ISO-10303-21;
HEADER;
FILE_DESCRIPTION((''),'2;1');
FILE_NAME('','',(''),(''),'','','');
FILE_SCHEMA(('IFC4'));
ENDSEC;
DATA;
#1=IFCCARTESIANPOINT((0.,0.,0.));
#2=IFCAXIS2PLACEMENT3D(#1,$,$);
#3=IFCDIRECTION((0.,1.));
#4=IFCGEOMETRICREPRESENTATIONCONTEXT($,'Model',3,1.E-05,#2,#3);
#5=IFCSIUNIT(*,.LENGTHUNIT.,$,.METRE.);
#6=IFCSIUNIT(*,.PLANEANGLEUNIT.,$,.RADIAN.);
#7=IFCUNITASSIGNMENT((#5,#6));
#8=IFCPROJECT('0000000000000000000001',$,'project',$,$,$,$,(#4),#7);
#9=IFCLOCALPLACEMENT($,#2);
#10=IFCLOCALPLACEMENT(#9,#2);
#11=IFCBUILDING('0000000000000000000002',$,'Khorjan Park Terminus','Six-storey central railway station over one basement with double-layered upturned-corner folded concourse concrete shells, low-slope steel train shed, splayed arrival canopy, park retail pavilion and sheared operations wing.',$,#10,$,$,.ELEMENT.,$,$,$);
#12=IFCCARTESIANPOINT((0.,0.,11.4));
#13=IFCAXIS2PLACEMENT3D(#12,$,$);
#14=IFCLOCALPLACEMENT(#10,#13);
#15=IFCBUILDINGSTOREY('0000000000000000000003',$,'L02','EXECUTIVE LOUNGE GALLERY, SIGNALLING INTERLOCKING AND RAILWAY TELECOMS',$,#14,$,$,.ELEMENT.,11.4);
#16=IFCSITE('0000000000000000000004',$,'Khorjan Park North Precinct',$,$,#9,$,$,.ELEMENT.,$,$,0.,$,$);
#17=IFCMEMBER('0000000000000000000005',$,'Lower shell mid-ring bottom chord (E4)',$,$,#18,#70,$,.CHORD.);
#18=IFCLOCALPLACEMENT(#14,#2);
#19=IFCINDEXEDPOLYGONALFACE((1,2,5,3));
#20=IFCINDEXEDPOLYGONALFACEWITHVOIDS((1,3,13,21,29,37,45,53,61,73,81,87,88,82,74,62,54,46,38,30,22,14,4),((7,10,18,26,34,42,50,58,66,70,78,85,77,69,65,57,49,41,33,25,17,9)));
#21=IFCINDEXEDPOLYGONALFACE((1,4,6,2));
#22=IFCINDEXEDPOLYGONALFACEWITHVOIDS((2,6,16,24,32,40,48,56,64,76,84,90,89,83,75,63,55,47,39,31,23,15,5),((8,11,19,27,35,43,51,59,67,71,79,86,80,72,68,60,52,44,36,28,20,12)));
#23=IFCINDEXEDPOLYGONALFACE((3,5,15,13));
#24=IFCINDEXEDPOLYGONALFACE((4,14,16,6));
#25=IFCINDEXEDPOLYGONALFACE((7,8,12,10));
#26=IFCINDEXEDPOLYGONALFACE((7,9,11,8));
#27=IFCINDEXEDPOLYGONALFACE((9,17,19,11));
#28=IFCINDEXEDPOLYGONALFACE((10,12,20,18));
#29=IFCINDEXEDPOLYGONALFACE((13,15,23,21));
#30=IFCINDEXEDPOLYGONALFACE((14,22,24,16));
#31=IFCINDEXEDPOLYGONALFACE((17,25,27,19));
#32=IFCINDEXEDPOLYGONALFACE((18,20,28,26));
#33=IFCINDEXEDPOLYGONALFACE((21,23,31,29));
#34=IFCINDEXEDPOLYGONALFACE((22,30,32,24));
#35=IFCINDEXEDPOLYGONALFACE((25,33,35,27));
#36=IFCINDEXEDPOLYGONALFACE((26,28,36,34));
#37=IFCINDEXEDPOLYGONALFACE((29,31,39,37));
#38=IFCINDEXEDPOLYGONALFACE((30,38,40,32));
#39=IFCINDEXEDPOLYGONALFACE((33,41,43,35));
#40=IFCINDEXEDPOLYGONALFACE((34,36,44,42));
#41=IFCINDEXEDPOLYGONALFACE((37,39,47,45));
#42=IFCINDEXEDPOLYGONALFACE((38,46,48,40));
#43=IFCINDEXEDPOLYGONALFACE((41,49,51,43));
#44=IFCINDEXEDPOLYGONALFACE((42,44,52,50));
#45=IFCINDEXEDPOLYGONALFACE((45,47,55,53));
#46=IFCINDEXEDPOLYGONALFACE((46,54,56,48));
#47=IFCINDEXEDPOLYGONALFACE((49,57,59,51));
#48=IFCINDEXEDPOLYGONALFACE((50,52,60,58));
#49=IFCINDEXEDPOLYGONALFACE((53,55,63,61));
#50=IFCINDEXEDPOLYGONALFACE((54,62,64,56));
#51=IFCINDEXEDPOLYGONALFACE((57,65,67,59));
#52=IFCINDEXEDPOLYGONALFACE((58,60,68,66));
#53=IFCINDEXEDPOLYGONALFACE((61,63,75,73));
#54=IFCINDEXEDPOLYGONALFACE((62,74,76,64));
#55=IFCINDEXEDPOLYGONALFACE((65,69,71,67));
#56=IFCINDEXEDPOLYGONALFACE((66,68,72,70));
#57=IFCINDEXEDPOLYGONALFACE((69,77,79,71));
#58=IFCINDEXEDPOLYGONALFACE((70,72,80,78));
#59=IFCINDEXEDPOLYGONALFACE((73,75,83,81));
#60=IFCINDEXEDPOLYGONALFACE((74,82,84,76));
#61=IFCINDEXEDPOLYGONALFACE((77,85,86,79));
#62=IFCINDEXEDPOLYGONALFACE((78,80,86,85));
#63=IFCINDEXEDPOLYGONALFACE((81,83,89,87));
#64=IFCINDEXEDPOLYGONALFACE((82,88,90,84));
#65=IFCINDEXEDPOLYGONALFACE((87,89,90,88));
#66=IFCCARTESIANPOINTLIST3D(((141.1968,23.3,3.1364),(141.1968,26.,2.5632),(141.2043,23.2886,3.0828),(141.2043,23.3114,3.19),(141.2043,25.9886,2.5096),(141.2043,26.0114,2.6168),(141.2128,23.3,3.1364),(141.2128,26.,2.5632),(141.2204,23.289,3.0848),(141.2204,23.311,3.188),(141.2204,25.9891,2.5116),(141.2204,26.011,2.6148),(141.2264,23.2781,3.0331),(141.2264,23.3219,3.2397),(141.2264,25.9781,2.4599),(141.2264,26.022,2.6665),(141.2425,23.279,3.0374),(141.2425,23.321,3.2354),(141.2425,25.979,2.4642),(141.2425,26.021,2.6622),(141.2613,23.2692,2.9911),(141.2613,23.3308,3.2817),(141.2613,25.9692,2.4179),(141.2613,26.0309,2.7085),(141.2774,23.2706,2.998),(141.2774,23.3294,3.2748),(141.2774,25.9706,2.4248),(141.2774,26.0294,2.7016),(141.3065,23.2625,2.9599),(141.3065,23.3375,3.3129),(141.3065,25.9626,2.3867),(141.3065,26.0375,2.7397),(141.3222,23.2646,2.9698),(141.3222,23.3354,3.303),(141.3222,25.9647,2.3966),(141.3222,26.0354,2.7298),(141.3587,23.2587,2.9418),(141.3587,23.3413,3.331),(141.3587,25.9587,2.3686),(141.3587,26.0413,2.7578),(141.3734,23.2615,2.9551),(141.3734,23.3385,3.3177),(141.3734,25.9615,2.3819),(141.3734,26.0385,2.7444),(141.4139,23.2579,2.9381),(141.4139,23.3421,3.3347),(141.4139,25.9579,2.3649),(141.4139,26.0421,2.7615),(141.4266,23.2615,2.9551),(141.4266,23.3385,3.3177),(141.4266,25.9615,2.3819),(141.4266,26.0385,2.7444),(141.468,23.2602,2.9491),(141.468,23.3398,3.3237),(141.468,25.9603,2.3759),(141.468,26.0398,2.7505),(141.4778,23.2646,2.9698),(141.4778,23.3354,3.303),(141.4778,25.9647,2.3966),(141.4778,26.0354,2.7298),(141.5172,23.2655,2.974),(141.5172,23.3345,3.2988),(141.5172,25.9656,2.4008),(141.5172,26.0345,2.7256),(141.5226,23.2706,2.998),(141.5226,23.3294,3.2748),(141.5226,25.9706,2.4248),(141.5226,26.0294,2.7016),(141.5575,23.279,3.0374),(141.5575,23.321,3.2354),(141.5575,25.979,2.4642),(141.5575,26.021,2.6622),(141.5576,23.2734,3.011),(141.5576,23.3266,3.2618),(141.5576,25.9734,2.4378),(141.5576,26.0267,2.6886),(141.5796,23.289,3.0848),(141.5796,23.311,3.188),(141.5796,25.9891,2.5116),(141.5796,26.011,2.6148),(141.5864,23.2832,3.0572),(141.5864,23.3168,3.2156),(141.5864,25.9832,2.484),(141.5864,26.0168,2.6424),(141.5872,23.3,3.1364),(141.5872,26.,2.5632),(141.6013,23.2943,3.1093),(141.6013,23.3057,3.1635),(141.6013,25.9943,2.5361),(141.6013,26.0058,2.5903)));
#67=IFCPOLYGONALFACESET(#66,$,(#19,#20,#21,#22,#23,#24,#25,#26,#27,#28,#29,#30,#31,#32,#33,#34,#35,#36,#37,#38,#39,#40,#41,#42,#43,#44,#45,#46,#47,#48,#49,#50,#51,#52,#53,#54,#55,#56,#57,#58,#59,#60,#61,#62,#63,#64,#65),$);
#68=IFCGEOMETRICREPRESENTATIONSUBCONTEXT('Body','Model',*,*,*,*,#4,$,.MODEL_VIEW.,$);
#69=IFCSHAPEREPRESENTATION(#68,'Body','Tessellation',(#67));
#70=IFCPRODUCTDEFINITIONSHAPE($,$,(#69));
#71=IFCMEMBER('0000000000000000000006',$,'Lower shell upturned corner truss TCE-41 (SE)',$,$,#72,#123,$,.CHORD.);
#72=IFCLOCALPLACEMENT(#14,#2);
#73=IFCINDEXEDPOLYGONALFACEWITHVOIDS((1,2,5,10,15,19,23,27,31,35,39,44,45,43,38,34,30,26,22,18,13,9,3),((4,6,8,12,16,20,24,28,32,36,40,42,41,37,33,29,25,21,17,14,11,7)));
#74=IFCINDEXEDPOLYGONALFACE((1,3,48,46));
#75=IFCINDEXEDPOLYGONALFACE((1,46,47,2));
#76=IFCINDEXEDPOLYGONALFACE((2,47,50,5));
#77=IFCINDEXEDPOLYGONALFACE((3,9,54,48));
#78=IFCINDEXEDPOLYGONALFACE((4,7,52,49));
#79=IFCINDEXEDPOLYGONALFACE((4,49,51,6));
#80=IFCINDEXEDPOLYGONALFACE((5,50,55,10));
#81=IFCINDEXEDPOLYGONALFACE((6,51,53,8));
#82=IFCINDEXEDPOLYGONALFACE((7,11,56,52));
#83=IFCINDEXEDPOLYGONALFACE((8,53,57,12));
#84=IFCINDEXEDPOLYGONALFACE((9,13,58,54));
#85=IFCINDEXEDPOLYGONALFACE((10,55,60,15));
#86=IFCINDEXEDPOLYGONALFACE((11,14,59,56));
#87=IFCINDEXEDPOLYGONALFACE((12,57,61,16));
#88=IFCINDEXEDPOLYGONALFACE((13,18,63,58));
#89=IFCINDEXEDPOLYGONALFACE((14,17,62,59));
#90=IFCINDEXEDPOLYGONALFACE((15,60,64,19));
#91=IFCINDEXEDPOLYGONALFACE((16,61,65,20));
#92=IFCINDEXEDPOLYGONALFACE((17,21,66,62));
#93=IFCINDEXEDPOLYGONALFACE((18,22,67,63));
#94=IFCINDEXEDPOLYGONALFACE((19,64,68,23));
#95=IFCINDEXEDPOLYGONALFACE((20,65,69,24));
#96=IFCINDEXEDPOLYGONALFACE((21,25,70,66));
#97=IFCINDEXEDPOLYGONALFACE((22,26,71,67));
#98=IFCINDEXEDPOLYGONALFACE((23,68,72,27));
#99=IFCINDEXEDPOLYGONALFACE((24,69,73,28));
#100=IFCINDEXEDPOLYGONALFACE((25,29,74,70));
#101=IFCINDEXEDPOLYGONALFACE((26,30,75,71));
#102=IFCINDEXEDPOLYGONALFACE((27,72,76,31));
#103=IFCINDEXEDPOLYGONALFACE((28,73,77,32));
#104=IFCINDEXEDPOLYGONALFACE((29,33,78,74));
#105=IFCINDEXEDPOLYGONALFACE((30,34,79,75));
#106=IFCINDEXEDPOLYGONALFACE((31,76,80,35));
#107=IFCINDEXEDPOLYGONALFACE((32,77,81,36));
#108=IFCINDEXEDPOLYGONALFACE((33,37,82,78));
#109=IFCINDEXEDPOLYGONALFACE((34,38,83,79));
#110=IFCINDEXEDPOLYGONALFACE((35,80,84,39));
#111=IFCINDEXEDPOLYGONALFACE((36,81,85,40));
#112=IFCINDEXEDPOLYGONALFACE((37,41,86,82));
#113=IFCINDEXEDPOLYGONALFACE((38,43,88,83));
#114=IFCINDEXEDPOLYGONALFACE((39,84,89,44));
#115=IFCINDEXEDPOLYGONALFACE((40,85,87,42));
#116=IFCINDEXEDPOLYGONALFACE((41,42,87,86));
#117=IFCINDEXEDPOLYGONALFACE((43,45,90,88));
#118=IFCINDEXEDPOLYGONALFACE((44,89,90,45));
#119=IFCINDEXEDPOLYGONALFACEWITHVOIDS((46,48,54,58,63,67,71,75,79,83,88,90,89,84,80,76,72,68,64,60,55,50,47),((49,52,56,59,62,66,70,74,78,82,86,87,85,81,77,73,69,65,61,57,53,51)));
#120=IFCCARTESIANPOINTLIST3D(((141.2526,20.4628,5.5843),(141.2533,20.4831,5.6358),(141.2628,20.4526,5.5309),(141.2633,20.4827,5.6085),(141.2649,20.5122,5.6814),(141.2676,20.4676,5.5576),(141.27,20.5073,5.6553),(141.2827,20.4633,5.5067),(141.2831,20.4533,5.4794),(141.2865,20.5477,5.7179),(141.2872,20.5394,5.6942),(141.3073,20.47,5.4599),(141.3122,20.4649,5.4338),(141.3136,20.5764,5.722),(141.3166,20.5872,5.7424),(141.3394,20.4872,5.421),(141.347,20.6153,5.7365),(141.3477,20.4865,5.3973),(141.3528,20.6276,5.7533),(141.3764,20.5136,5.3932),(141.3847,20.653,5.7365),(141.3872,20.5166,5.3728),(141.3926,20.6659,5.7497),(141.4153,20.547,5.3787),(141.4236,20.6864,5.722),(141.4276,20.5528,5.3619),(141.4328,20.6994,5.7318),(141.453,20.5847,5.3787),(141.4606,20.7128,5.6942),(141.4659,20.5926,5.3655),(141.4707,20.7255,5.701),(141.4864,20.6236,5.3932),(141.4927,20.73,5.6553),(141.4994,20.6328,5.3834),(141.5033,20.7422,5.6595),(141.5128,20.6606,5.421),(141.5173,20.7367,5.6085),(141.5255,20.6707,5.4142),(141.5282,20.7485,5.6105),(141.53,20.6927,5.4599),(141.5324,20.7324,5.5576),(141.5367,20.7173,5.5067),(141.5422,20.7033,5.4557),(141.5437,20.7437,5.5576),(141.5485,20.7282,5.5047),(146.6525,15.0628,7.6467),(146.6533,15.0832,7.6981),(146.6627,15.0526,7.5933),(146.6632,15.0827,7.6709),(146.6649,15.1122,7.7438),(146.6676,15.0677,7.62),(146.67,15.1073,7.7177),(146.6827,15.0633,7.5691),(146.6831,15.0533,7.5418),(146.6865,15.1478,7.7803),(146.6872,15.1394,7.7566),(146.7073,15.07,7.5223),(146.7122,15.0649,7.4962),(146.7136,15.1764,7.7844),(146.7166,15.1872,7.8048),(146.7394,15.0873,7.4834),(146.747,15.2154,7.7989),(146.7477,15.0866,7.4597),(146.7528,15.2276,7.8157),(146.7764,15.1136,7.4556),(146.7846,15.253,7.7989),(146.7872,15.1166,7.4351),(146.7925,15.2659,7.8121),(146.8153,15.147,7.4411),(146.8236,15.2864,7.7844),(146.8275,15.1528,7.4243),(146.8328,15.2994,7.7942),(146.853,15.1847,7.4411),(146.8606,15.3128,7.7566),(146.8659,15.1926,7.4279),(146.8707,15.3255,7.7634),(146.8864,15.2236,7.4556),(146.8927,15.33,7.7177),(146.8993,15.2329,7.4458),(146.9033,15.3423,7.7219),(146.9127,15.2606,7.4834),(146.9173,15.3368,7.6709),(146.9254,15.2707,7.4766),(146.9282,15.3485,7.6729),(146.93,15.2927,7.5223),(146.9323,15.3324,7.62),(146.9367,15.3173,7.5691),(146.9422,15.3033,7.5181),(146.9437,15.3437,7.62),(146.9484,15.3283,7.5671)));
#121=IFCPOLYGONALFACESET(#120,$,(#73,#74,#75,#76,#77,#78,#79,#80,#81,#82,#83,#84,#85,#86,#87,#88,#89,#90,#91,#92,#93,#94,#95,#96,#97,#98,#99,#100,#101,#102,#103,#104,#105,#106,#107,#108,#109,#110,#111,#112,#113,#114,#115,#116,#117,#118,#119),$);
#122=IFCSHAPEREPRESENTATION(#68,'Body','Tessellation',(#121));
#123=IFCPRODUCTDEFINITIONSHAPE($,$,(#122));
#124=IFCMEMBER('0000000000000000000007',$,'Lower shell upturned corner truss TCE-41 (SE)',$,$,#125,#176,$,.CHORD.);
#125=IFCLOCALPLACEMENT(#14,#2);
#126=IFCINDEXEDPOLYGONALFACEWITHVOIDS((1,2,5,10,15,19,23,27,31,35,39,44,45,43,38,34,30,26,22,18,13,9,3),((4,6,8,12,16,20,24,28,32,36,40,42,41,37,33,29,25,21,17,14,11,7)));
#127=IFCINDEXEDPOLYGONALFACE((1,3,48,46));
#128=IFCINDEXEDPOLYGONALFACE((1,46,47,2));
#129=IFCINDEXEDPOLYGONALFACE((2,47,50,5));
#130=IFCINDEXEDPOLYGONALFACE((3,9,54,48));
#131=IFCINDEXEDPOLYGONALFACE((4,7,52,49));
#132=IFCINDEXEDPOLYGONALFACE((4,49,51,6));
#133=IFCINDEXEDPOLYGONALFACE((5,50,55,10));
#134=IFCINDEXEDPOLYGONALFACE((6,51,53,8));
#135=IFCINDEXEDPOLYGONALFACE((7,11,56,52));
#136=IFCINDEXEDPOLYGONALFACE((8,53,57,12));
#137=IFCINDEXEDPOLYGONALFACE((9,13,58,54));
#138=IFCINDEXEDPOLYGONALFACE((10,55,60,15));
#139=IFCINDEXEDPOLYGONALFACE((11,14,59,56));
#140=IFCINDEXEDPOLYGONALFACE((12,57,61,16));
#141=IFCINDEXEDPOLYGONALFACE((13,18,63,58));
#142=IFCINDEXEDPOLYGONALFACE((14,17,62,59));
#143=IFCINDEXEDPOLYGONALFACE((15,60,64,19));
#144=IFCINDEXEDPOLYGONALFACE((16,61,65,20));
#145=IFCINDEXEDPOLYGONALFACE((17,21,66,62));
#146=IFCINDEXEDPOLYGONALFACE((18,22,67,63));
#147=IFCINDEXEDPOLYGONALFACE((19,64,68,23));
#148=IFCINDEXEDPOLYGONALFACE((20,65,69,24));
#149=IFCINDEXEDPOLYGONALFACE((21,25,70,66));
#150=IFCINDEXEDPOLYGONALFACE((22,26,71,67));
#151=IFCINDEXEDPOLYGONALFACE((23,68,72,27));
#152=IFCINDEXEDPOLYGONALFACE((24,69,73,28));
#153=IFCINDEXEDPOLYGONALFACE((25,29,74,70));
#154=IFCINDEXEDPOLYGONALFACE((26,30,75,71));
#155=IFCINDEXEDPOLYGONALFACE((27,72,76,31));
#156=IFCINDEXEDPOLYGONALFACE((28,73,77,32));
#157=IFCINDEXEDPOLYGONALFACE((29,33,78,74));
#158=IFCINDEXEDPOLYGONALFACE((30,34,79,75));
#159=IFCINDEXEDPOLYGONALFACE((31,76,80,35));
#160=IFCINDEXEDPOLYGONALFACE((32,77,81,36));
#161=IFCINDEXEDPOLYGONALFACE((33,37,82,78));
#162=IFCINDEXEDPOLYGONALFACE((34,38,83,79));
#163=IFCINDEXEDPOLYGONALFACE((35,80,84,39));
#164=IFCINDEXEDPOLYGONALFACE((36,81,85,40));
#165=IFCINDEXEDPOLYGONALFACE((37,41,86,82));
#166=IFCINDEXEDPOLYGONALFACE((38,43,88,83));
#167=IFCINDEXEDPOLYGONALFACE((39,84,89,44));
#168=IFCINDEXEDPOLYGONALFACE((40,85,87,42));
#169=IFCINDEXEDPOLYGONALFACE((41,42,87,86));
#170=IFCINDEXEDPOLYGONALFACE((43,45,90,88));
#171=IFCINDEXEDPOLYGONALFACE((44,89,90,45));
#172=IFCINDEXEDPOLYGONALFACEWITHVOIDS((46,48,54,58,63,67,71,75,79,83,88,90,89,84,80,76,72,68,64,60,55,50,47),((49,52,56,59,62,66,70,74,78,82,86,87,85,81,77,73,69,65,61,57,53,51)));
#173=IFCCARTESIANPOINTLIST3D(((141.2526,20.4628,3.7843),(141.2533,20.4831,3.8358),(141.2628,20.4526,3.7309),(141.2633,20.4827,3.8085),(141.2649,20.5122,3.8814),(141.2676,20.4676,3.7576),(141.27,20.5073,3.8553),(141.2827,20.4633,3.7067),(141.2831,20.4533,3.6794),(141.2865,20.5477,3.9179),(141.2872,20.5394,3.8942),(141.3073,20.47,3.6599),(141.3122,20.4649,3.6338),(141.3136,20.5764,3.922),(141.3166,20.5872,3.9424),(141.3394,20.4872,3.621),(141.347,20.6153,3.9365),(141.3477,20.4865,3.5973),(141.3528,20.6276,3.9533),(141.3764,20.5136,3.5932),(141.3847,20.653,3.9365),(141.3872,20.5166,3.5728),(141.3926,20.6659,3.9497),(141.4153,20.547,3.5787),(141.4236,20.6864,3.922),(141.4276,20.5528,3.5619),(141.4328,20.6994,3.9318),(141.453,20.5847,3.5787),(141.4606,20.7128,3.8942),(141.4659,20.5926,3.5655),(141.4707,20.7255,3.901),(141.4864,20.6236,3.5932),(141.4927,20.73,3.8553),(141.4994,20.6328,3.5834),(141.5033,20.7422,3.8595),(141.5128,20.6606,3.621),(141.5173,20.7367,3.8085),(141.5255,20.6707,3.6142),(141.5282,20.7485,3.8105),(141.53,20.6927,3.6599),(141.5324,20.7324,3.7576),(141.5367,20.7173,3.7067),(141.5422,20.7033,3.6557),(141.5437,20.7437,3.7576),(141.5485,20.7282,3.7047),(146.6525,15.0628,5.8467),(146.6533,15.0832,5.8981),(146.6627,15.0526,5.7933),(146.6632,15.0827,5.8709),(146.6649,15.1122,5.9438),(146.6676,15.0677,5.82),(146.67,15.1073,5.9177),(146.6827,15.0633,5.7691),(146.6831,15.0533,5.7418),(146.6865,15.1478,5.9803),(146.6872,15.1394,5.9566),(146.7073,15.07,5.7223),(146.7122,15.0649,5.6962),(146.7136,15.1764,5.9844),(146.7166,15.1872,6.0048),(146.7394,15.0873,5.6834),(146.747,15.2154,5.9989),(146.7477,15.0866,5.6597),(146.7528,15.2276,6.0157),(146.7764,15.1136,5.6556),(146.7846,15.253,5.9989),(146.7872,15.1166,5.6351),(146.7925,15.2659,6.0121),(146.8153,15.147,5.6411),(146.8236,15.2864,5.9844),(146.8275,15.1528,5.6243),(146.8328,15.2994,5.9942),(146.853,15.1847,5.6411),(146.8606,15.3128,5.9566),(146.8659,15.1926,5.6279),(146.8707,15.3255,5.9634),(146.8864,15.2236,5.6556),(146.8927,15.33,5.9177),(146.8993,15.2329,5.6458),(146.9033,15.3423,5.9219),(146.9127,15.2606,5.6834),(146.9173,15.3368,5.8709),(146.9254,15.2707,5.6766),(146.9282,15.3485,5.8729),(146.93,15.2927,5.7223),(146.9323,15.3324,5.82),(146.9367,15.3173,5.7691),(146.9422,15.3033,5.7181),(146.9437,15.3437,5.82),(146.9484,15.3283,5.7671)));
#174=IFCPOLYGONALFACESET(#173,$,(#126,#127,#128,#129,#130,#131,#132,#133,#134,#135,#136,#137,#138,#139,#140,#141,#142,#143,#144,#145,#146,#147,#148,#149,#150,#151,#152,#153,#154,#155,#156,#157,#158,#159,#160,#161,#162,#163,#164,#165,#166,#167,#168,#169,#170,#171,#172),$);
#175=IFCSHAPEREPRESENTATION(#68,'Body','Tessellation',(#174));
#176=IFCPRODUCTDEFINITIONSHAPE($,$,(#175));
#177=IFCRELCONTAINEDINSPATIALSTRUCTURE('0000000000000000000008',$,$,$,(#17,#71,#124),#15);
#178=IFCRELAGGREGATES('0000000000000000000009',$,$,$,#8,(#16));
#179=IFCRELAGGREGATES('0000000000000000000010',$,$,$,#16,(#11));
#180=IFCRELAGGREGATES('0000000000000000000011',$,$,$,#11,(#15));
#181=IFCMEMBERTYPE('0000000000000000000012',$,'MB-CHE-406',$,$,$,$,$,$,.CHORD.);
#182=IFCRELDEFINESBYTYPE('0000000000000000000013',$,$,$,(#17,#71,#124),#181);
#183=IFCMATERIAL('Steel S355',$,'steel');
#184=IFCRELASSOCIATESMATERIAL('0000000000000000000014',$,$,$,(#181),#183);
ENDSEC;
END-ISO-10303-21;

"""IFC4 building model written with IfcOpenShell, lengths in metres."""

from ifc_helpers import new_model, si_unit, direction, frame, origin, origin_2d, place, context, subcontext, project, spatial, hollow_circle, extrude, material, material_profile, profile_set, type_object, element, save


model = new_model("IFC4")

# Units and contexts
model_context = context("Model", 3, precision=1e-05, world=origin(), true_north=direction((0.0, 1.0)))
body_context = subcontext(model_context, "Body", "Model", "MODEL_VIEW")
ifc_project = project(units=[si_unit("LENGTHUNIT", "METRE"), si_unit("PLANEANGLEUNIT", "RADIAN")], contexts=[model_context])

# Site, building, storey
site_placement = place(None, origin())
site = spatial("IfcSite", under=ifc_project, at=site_placement, Name="Khorjan Park North Precinct", CompositionType="ELEMENT", RefElevation=0.0)
building_placement = place(site_placement, origin())
building = spatial("IfcBuilding", under=site, at=building_placement, Name="Khorjan Park Terminus", Description="Six-storey central railway station over one basement with double-layered upturned-corner folded concourse concrete shells, low-slope steel train shed, splayed arrival canopy, park retail pavilion and sheared operations wing.", CompositionType="ELEMENT")
storey_placement = place(building_placement, frame((0.0, 0.0, 11.4)))
storey = spatial("IfcBuildingStorey", under=building, at=storey_placement, Name="L02", Description="EXECUTIVE LOUNGE GALLERY, SIGNALLING INTERLOCKING AND RAILWAY TELECOMS", CompositionType="ELEMENT", Elevation=11.4)

# Members
ifc_material_1 = material(Name="Steel S355", Category="steel")
ifc_material_profile_1 = material_profile(ifc_material_1, hollow_circle(Radius=0.2032, WallThickness=0.016, at=origin_2d()), Name="CHS 406.4x16")
ifc_profile_set_1 = profile_set([ifc_material_profile_1], Name="Steel S355")
member_type_1 = type_object("IfcMemberType", Name="MB-CHE-406", PredefinedType="CHORD", material=ifc_profile_set_1)
for number, where, z_axis, x_axis, name in (
    (1, (141.4, 23.3, 3.1364), (0.0, 0.978199, -0.207668), (-1.0, 0.0, 0.0), "Lower shell mid-ring bottom chord (E4)"),
):
    element("IfcMember", number, at=place(storey_placement, frame(where, z_axis=z_axis, x_axis=x_axis)), inside=storey, type_object=member_type_1, Name=name, PredefinedType="CHORD", context=body_context, shape_type="SweptSolid", body=[
        extrude(hollow_circle(Radius=0.2032, WallThickness=0.016, at=origin_2d()), origin(), (0.0, 0.0, 1.0), 2.7602),
    ])
for number, where, z_axis, x_axis, name in (
    (2, (141.4, 20.6, 5.5576), (0.682651, -0.682651, 0.260722), (0.707107, 0.707107, 0.0), "Lower shell upturned corner truss TCE-41 (SE)"),
    (3, (141.4, 20.6, 3.7576), (0.682651, -0.682651, 0.260722), (0.707107, 0.707107, 0.0), "Lower shell upturned corner truss TCE-41 (SE)"),
):
    element("IfcMember", number, at=place(storey_placement, frame(where, z_axis=z_axis, x_axis=x_axis)), inside=storey, type_object=member_type_1, Name=name, PredefinedType="CHORD", context=body_context, shape_type="SweptSolid", body=[
        extrude(hollow_circle(Radius=0.2032, WallThickness=0.016, at=origin_2d()), origin(), (0.0, 0.0, 1.0), 7.9103),
    ])

save(model, "model.ifc")
